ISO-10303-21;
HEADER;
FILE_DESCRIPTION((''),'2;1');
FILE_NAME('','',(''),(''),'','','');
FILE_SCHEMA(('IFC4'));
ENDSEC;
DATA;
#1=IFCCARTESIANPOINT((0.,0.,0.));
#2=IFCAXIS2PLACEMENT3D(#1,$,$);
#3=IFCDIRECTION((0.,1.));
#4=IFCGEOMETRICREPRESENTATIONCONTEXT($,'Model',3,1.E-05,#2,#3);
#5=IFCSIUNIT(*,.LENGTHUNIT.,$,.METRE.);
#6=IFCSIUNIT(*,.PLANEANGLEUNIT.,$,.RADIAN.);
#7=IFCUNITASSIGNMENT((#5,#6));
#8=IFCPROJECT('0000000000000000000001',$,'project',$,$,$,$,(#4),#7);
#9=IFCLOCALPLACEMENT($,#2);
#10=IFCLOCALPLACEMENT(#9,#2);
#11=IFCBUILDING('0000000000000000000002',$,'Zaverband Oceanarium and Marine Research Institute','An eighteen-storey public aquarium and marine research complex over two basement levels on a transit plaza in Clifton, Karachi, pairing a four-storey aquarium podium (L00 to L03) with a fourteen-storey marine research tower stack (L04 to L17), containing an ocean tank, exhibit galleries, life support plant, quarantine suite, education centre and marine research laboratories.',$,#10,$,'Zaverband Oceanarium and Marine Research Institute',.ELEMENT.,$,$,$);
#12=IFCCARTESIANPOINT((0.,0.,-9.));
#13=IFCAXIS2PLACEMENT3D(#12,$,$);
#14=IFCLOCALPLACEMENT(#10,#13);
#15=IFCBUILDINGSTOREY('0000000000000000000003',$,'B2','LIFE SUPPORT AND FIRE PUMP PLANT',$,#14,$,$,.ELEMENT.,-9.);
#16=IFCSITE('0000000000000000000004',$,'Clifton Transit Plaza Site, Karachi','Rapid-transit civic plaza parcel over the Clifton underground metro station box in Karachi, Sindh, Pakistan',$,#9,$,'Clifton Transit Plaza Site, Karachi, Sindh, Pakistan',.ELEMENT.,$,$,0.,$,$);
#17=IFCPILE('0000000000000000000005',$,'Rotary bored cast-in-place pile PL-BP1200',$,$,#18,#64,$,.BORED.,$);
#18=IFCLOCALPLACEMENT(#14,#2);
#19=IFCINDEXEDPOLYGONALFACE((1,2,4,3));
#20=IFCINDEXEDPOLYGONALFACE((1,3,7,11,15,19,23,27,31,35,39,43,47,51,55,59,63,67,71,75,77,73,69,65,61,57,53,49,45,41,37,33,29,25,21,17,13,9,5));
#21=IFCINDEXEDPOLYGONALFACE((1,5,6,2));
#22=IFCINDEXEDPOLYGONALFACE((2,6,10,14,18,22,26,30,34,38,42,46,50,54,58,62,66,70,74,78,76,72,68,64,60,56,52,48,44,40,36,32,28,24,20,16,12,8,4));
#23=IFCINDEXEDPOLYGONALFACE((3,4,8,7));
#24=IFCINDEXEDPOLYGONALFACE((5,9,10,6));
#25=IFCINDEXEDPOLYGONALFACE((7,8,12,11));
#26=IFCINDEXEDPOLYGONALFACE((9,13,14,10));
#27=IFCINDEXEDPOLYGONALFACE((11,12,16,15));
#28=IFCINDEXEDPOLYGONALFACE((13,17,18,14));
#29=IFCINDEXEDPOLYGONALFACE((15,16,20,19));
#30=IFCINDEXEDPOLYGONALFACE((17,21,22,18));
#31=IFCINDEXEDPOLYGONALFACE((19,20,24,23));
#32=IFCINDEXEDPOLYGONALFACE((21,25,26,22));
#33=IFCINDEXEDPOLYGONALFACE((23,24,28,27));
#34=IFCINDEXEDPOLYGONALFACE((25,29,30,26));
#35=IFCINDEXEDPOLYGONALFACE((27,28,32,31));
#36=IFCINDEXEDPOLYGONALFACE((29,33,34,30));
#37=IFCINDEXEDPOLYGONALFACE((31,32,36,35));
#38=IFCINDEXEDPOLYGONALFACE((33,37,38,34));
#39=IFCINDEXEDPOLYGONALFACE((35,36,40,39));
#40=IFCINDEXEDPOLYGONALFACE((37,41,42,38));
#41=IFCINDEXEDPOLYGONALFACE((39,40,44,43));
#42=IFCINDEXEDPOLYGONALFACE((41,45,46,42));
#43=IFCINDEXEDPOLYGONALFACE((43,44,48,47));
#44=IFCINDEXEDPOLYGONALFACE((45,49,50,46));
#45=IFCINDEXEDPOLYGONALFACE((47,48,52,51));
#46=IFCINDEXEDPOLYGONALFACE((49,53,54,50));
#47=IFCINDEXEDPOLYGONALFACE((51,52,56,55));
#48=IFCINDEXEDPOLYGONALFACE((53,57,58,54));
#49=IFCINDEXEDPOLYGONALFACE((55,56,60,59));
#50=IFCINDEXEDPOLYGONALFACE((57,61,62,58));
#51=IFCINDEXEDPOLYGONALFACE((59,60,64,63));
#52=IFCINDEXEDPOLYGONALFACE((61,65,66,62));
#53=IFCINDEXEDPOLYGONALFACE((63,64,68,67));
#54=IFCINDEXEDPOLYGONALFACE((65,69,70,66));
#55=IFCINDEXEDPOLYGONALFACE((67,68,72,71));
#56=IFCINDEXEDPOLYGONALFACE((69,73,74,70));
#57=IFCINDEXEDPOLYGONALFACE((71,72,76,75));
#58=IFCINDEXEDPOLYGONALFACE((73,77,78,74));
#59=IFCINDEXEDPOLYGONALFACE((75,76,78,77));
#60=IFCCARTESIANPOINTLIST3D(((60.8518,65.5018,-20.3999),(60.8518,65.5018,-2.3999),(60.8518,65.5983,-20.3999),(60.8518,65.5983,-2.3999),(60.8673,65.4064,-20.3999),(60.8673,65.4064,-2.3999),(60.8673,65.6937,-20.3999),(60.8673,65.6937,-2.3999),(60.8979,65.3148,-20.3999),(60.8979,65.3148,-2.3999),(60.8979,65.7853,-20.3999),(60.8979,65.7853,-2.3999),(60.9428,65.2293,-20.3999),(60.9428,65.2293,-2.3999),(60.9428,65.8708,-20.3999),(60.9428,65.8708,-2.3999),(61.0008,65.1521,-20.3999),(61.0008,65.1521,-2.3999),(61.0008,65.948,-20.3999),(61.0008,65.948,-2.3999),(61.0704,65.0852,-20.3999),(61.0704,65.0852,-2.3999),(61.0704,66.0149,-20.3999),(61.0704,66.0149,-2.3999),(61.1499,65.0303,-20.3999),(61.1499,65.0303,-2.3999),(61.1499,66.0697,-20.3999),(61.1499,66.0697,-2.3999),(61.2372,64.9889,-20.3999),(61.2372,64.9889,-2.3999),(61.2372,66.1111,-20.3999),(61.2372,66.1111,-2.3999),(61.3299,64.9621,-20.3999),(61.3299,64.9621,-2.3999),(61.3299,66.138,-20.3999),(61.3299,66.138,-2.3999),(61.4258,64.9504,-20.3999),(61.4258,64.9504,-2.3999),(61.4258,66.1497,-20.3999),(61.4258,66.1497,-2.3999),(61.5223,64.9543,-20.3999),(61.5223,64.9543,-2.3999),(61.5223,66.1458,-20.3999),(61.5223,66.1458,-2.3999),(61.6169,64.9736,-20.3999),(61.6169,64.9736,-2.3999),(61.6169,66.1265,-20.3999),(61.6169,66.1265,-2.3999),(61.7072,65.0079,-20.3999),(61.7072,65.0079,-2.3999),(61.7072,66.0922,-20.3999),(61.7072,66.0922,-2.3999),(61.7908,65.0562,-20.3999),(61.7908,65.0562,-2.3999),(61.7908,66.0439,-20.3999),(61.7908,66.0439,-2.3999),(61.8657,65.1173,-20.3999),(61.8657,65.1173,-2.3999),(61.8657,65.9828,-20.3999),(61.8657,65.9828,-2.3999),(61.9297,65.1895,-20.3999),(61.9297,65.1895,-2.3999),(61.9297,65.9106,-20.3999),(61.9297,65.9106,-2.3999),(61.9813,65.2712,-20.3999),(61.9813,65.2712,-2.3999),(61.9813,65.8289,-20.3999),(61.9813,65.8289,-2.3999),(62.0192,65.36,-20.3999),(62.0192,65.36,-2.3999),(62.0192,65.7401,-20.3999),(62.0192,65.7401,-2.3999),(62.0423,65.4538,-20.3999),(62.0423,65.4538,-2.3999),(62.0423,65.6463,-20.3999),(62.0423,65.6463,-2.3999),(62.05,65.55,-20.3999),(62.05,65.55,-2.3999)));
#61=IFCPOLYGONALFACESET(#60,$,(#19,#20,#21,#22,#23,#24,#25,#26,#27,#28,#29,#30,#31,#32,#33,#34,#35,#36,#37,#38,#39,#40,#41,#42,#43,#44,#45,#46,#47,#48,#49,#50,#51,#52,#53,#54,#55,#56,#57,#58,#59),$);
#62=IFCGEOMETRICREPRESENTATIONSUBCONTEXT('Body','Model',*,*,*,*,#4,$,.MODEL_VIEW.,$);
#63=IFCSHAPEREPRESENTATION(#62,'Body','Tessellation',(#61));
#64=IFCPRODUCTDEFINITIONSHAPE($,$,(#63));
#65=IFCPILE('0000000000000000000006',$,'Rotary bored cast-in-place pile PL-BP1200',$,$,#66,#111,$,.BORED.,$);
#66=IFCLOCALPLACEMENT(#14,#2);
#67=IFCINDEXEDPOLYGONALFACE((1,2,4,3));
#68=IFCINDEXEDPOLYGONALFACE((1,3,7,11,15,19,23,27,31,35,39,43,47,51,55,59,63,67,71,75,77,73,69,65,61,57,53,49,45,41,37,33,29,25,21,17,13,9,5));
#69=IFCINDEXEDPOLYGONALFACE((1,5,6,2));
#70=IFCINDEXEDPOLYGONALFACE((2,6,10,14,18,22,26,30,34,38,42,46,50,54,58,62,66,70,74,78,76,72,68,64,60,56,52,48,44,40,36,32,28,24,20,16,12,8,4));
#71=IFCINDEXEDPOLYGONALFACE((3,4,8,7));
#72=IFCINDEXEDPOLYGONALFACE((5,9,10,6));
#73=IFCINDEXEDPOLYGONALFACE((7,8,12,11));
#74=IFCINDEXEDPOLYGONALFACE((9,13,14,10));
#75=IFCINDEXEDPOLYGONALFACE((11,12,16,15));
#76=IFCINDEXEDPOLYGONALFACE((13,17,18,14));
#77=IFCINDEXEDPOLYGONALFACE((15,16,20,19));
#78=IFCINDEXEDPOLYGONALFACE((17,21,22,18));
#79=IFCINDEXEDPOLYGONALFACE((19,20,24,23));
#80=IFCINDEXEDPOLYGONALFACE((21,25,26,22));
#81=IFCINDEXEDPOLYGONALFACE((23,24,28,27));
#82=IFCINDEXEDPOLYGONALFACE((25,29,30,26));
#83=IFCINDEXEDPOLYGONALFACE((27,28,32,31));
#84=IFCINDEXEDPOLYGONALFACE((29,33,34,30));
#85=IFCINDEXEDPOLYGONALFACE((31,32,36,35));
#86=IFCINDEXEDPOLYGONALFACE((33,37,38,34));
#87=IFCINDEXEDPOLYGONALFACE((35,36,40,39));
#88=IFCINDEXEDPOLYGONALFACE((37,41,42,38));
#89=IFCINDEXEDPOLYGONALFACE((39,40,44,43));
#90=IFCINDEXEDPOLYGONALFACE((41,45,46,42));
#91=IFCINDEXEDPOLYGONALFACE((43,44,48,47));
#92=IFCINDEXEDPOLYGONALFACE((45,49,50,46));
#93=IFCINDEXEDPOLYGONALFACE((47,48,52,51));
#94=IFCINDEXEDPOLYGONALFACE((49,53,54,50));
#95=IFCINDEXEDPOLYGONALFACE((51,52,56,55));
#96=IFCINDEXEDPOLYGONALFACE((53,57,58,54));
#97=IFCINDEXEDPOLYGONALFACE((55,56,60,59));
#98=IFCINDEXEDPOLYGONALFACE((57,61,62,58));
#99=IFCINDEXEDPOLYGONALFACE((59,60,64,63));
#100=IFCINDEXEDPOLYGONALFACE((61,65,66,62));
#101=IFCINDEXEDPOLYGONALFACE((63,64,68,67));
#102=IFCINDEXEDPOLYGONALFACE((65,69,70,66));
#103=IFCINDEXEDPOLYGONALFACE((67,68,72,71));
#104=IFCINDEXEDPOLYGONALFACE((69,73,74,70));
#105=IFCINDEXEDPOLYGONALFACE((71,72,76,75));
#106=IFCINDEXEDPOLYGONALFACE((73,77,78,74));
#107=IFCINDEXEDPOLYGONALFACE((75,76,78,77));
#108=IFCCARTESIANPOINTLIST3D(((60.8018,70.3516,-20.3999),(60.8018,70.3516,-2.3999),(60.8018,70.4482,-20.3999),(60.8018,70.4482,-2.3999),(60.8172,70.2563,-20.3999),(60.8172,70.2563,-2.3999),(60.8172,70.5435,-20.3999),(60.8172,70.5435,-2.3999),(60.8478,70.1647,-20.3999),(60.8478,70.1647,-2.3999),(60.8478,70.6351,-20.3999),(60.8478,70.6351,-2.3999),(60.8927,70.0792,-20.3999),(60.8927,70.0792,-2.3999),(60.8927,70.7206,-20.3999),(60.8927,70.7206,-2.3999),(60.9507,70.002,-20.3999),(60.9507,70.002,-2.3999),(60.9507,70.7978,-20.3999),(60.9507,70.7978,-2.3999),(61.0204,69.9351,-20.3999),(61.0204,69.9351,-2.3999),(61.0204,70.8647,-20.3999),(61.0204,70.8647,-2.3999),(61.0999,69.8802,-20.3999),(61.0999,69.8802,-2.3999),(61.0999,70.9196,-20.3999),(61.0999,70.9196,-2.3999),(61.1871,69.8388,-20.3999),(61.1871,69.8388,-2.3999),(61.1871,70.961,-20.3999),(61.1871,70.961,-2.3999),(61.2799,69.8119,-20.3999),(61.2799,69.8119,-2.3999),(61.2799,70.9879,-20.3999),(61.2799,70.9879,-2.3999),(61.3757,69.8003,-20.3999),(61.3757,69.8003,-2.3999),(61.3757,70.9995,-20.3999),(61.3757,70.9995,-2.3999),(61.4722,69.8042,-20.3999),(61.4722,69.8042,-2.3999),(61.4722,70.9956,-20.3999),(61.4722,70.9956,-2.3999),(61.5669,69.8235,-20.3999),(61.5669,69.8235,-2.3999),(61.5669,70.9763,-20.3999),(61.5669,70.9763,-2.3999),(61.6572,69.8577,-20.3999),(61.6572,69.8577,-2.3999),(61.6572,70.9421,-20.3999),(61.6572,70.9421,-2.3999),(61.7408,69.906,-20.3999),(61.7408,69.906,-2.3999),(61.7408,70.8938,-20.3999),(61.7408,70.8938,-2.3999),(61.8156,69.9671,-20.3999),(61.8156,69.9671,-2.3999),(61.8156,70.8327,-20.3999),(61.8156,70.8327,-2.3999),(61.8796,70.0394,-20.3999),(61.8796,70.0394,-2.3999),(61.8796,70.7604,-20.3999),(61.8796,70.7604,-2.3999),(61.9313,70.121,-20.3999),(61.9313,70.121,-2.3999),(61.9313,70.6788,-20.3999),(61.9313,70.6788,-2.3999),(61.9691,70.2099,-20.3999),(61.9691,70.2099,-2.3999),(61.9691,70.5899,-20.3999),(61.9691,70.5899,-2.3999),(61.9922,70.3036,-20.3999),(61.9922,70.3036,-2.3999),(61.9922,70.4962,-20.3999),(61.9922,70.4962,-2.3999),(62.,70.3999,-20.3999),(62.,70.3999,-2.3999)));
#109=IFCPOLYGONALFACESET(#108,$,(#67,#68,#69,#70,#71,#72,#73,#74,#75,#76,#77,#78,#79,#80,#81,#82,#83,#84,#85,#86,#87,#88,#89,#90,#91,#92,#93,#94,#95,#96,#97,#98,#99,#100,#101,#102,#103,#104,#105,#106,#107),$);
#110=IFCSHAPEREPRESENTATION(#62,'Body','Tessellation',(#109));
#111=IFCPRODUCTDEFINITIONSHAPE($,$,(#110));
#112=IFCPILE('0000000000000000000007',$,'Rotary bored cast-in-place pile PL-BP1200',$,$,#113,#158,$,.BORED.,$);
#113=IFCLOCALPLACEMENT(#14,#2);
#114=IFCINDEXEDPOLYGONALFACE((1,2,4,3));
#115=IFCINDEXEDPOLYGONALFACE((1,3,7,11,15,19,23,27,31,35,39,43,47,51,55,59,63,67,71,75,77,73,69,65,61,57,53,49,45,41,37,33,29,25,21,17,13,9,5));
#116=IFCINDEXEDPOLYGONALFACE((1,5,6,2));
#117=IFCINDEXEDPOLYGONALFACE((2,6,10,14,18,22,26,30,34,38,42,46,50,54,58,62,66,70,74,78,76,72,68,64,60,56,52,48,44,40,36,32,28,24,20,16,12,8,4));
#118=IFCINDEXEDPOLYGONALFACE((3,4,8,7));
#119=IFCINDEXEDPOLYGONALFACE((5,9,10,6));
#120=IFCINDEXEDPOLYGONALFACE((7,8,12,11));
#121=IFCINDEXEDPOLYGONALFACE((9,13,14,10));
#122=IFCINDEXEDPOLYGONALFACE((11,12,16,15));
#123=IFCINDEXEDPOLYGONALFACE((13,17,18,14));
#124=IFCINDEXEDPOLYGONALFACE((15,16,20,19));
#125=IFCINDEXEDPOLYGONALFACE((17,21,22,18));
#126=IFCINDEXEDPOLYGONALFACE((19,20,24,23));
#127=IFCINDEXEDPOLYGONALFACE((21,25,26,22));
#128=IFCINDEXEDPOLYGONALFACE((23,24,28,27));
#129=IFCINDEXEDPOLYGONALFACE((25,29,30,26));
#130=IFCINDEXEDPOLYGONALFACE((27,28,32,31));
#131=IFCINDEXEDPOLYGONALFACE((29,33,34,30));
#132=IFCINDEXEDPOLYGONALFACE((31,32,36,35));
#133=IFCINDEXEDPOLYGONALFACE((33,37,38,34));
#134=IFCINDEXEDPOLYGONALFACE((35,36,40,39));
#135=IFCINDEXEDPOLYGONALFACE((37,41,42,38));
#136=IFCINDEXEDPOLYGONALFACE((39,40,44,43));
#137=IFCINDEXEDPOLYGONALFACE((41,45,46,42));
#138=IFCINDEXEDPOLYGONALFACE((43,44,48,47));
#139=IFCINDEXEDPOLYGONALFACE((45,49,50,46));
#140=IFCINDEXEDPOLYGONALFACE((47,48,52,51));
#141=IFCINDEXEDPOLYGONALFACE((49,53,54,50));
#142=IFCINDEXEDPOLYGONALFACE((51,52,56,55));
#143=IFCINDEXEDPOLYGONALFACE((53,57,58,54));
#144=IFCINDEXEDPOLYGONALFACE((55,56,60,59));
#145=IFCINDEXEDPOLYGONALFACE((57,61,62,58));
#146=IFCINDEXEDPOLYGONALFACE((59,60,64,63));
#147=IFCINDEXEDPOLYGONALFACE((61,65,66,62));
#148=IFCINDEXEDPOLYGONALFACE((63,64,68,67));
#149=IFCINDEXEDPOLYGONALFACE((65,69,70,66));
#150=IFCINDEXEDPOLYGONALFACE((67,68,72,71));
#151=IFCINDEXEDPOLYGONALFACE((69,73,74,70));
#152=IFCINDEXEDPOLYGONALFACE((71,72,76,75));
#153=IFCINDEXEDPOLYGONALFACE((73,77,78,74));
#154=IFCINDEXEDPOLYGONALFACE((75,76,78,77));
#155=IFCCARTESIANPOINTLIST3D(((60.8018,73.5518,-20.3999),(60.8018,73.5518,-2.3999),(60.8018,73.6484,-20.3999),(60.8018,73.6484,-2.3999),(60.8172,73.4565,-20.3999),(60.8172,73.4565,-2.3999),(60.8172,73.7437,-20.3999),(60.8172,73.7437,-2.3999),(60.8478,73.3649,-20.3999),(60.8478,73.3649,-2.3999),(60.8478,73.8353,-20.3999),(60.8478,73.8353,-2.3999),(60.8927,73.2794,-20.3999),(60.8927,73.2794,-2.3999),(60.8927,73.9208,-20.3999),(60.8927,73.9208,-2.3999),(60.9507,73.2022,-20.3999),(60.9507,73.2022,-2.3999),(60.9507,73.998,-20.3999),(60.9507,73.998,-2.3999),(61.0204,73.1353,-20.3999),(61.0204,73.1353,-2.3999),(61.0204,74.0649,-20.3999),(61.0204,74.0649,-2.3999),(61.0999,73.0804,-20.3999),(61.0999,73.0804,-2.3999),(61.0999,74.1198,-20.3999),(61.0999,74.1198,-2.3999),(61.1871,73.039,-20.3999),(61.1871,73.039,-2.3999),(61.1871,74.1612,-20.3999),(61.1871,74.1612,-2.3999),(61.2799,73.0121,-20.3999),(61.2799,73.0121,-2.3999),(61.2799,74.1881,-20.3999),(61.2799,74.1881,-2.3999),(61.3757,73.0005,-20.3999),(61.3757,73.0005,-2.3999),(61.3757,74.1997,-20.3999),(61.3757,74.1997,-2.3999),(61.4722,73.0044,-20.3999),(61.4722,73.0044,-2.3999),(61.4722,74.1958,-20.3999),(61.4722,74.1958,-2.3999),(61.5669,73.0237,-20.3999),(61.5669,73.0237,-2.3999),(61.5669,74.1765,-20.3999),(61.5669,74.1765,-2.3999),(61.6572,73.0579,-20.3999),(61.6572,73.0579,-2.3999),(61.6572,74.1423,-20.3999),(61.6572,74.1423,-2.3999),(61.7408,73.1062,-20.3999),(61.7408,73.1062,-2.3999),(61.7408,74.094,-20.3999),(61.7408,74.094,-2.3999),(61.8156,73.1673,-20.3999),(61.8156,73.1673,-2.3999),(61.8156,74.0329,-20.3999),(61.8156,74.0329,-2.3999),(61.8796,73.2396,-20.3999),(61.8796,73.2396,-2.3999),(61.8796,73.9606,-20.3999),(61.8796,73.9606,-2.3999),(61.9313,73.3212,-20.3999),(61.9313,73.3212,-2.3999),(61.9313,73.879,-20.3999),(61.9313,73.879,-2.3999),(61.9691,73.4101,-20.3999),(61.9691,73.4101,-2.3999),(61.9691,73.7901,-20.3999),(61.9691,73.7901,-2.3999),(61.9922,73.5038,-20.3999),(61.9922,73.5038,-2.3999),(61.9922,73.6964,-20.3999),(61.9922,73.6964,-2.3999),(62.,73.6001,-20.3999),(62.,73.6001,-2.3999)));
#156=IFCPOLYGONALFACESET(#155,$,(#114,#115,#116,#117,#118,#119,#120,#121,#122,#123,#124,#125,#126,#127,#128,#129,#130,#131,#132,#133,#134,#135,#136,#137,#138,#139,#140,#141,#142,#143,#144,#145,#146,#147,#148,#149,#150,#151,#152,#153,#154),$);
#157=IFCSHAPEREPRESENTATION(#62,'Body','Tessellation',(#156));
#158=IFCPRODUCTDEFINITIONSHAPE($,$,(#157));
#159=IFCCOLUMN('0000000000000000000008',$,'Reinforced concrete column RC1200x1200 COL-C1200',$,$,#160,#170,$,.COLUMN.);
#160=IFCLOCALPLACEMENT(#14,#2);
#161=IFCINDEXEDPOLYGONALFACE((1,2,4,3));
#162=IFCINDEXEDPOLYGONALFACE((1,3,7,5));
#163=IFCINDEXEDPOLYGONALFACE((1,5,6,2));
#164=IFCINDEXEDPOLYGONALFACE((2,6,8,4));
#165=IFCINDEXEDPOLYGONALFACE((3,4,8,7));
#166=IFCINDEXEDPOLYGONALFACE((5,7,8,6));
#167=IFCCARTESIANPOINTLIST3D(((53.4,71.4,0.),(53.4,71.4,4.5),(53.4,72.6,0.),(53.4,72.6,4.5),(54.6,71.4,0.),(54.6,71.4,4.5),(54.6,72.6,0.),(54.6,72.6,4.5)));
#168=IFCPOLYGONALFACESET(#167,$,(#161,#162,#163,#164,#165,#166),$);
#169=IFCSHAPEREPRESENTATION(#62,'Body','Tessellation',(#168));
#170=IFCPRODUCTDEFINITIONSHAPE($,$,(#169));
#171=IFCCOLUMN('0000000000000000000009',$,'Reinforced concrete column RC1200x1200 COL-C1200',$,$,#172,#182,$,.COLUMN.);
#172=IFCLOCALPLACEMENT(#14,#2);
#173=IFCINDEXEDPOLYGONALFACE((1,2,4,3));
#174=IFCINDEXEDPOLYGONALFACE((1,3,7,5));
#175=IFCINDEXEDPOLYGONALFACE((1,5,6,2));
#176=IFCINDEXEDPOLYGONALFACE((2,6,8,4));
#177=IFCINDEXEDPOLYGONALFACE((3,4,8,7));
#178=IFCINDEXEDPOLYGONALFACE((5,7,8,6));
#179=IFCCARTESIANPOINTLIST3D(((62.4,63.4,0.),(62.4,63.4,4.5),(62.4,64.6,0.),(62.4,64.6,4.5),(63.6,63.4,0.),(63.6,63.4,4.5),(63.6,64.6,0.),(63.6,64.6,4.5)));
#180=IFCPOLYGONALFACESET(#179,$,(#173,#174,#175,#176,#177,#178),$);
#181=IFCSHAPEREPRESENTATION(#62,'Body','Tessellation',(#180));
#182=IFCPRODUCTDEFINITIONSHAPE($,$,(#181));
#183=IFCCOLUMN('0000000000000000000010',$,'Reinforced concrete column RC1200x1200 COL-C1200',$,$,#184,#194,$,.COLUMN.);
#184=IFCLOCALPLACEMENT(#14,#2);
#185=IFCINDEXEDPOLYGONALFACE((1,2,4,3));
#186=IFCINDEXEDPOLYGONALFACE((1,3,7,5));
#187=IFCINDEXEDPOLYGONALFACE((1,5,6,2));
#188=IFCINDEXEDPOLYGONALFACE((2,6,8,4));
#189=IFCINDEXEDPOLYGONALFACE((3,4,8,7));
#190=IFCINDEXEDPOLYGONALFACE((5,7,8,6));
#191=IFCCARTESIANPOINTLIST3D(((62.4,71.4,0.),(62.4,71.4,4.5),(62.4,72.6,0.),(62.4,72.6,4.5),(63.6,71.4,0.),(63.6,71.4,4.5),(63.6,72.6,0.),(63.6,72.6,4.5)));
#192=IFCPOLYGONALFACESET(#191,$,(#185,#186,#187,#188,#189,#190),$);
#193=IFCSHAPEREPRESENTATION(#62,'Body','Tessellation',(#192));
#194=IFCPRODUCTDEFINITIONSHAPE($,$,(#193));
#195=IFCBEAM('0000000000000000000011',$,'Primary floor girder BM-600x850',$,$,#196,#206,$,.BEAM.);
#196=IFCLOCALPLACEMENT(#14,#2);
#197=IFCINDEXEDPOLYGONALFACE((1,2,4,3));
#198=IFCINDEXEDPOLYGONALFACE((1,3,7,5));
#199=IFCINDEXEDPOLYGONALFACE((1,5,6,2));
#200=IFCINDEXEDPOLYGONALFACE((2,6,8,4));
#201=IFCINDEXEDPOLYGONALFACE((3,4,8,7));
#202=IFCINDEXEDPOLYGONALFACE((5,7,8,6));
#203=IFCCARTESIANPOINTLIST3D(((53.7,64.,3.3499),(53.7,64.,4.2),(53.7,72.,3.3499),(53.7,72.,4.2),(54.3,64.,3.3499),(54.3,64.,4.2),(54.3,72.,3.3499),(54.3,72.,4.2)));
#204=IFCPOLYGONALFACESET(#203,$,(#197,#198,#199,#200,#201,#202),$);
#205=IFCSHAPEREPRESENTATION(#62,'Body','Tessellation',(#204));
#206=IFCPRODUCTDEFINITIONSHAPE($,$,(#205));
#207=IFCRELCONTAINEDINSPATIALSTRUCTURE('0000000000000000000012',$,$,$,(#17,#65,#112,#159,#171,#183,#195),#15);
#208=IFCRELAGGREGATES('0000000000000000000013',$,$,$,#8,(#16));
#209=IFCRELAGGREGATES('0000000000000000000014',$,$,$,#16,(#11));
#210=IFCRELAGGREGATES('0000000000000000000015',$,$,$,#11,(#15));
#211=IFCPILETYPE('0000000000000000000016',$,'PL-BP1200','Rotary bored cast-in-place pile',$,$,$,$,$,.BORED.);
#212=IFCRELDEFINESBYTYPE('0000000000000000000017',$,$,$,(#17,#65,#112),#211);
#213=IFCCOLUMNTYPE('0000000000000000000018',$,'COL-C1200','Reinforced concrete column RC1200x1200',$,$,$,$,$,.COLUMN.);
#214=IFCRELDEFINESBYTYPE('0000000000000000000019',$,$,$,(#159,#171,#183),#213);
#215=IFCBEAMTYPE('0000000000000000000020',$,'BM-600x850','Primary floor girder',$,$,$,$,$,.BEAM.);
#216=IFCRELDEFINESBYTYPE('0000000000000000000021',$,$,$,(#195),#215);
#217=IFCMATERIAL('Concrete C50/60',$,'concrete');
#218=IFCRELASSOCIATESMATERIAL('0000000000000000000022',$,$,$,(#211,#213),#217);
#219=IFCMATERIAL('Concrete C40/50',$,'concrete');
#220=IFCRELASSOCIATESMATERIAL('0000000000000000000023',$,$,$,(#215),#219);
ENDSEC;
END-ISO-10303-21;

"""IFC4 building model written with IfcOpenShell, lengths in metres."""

from ifc_helpers import new_model, si_unit, direction, frame, origin, origin_2d, place, context, subcontext, project, spatial, rectangle, circle, extrude, material, material_profile, profile_set, type_object, element, save


model = new_model("IFC4")

# Units and contexts
model_context = context("Model", 3, precision=1e-05, world=origin(), true_north=direction((0.0, 1.0)))
body_context = subcontext(model_context, "Body", "Model", "MODEL_VIEW")
ifc_project = project(units=[si_unit("LENGTHUNIT", "METRE"), si_unit("PLANEANGLEUNIT", "RADIAN")], contexts=[model_context])

# Site, building, storey
site_placement = place(None, origin())
site = spatial("IfcSite", under=ifc_project, at=site_placement, Name="Clifton Transit Plaza Site, Karachi", Description="Rapid-transit civic plaza parcel over the Clifton underground metro station box in Karachi, Sindh, Pakistan", LongName="Clifton Transit Plaza Site, Karachi, Sindh, Pakistan", CompositionType="ELEMENT", RefElevation=0.0)
building_placement = place(site_placement, origin())
building = spatial("IfcBuilding", under=site, at=building_placement, Name="Zaverband Oceanarium and Marine Research Institute", Description="An eighteen-storey public aquarium and marine research complex over two basement levels on a transit plaza in Clifton, Karachi, pairing a four-storey aquarium podium (L00 to L03) with a fourteen-storey marine research tower stack (L04 to L17), containing an ocean tank, exhibit galleries, life support plant, quarantine suite, education centre and marine research laboratories.", LongName="Zaverband Oceanarium and Marine Research Institute", CompositionType="ELEMENT")
storey_placement = place(building_placement, frame((0.0, 0.0, -9.0)))
storey = spatial("IfcBuildingStorey", under=building, at=storey_placement, Name="B2", Description="LIFE SUPPORT AND FIRE PUMP PLANT", CompositionType="ELEMENT", Elevation=-9.0)

# Shared definitions
ifc_material_1 = material(Name="Concrete C50/60", Category="concrete")

# Piles
ifc_material_profile_1 = material_profile(ifc_material_1, circle(Radius=0.6001, at=origin_2d()), Name="BP1200")
ifc_profile_set_1 = profile_set([ifc_material_profile_1], Name="Concrete C50/60")
pile_type = type_object("IfcPileType", Name="PL-BP1200", Description="Rotary bored cast-in-place pile", PredefinedType="BORED", material=ifc_profile_set_1)
for number, where, z_axis, x_axis, name in (
    (1, (61.45, 65.55, -2.3999), (0.0, 0.0, -1.0), (1.0, 0.0, 0.0), "Rotary bored cast-in-place pile PL-BP1200"),
    (2, (61.3999, 70.3999, -2.3999), (0.0, 0.0, -1.0), (1.0, 0.0, 0.0), "Rotary bored cast-in-place pile PL-BP1200"),
    (3, (61.3999, 73.6001, -2.3999), (0.0, 0.0, -1.0), (1.0, 0.0, 0.0), "Rotary bored cast-in-place pile PL-BP1200"),
):
    element("IfcPile", number, at=place(storey_placement, frame(where, z_axis=z_axis, x_axis=x_axis)), inside=storey, type_object=pile_type, Name=name, PredefinedType="BORED", context=body_context, shape_type="SweptSolid", body=[
        extrude(circle(Radius=0.6001, at=origin_2d()), origin(), (0.0, 0.0, 1.0), 18.0),
    ])

# Columns
ifc_material_profile_2 = material_profile(ifc_material_1, rectangle(XDim=1.2, YDim=1.2, at=origin_2d()), Name="RC1200x1200")
ifc_profile_set_2 = profile_set([ifc_material_profile_2], Name="Concrete C50/60")
column_type = type_object("IfcColumnType", Name="COL-C1200", Description="Reinforced concrete column RC1200x1200", PredefinedType="COLUMN", material=ifc_profile_set_2)
for number, where, z_axis, x_axis, name in (
    (4, (54.0, 72.0, 0.0), (0.0, 0.0, 1.0), (1.0, 0.0, 0.0), "Reinforced concrete column RC1200x1200 COL-C1200"),
    (5, (63.0, 64.0, 0.0), (0.0, 0.0, 1.0), (1.0, 0.0, 0.0), "Reinforced concrete column RC1200x1200 COL-C1200"),
    (6, (63.0, 72.0, 0.0), (0.0, 0.0, 1.0), (1.0, 0.0, 0.0), "Reinforced concrete column RC1200x1200 COL-C1200"),
):
    element("IfcColumn", number, at=place(storey_placement, frame(where, z_axis=z_axis, x_axis=x_axis)), inside=storey, type_object=column_type, Name=name, PredefinedType="COLUMN", context=body_context, shape_type="SweptSolid", body=[
        extrude(rectangle(XDim=1.2, YDim=1.2, at=origin_2d()), origin(), (0.0, 0.0, 1.0), 4.5),
    ])

# Beam
ifc_material_2 = material(Name="Concrete C40/50", Category="concrete")
ifc_material_profile_3 = material_profile(ifc_material_2, rectangle(XDim=0.6001, YDim=0.8501, at=origin_2d()), Name="RC600x850")
ifc_profile_set_3 = profile_set([ifc_material_profile_3], Name="Concrete C40/50")
beam_type_1 = type_object("IfcBeamType", Name="BM-600x850", Description="Primary floor girder", PredefinedType="BEAM", material=ifc_profile_set_3)
for number, where, z_axis, x_axis, name in (
    (7, (54.0, 64.0, 3.7749), (0.0, 1.0, 0.0), (-1.0, 0.0, 0.0), "Primary floor girder BM-600x850"),
):
    element("IfcBeam", number, at=place(storey_placement, frame(where, z_axis=z_axis, x_axis=x_axis)), inside=storey, type_object=beam_type_1, Name=name, PredefinedType="BEAM", context=body_context, shape_type="SweptSolid", body=[
        extrude(rectangle(XDim=0.6001, YDim=0.8501, at=origin_2d()), origin(), (0.0, 0.0, 1.0), 8.0),
    ])

save(model, "model.ifc")
